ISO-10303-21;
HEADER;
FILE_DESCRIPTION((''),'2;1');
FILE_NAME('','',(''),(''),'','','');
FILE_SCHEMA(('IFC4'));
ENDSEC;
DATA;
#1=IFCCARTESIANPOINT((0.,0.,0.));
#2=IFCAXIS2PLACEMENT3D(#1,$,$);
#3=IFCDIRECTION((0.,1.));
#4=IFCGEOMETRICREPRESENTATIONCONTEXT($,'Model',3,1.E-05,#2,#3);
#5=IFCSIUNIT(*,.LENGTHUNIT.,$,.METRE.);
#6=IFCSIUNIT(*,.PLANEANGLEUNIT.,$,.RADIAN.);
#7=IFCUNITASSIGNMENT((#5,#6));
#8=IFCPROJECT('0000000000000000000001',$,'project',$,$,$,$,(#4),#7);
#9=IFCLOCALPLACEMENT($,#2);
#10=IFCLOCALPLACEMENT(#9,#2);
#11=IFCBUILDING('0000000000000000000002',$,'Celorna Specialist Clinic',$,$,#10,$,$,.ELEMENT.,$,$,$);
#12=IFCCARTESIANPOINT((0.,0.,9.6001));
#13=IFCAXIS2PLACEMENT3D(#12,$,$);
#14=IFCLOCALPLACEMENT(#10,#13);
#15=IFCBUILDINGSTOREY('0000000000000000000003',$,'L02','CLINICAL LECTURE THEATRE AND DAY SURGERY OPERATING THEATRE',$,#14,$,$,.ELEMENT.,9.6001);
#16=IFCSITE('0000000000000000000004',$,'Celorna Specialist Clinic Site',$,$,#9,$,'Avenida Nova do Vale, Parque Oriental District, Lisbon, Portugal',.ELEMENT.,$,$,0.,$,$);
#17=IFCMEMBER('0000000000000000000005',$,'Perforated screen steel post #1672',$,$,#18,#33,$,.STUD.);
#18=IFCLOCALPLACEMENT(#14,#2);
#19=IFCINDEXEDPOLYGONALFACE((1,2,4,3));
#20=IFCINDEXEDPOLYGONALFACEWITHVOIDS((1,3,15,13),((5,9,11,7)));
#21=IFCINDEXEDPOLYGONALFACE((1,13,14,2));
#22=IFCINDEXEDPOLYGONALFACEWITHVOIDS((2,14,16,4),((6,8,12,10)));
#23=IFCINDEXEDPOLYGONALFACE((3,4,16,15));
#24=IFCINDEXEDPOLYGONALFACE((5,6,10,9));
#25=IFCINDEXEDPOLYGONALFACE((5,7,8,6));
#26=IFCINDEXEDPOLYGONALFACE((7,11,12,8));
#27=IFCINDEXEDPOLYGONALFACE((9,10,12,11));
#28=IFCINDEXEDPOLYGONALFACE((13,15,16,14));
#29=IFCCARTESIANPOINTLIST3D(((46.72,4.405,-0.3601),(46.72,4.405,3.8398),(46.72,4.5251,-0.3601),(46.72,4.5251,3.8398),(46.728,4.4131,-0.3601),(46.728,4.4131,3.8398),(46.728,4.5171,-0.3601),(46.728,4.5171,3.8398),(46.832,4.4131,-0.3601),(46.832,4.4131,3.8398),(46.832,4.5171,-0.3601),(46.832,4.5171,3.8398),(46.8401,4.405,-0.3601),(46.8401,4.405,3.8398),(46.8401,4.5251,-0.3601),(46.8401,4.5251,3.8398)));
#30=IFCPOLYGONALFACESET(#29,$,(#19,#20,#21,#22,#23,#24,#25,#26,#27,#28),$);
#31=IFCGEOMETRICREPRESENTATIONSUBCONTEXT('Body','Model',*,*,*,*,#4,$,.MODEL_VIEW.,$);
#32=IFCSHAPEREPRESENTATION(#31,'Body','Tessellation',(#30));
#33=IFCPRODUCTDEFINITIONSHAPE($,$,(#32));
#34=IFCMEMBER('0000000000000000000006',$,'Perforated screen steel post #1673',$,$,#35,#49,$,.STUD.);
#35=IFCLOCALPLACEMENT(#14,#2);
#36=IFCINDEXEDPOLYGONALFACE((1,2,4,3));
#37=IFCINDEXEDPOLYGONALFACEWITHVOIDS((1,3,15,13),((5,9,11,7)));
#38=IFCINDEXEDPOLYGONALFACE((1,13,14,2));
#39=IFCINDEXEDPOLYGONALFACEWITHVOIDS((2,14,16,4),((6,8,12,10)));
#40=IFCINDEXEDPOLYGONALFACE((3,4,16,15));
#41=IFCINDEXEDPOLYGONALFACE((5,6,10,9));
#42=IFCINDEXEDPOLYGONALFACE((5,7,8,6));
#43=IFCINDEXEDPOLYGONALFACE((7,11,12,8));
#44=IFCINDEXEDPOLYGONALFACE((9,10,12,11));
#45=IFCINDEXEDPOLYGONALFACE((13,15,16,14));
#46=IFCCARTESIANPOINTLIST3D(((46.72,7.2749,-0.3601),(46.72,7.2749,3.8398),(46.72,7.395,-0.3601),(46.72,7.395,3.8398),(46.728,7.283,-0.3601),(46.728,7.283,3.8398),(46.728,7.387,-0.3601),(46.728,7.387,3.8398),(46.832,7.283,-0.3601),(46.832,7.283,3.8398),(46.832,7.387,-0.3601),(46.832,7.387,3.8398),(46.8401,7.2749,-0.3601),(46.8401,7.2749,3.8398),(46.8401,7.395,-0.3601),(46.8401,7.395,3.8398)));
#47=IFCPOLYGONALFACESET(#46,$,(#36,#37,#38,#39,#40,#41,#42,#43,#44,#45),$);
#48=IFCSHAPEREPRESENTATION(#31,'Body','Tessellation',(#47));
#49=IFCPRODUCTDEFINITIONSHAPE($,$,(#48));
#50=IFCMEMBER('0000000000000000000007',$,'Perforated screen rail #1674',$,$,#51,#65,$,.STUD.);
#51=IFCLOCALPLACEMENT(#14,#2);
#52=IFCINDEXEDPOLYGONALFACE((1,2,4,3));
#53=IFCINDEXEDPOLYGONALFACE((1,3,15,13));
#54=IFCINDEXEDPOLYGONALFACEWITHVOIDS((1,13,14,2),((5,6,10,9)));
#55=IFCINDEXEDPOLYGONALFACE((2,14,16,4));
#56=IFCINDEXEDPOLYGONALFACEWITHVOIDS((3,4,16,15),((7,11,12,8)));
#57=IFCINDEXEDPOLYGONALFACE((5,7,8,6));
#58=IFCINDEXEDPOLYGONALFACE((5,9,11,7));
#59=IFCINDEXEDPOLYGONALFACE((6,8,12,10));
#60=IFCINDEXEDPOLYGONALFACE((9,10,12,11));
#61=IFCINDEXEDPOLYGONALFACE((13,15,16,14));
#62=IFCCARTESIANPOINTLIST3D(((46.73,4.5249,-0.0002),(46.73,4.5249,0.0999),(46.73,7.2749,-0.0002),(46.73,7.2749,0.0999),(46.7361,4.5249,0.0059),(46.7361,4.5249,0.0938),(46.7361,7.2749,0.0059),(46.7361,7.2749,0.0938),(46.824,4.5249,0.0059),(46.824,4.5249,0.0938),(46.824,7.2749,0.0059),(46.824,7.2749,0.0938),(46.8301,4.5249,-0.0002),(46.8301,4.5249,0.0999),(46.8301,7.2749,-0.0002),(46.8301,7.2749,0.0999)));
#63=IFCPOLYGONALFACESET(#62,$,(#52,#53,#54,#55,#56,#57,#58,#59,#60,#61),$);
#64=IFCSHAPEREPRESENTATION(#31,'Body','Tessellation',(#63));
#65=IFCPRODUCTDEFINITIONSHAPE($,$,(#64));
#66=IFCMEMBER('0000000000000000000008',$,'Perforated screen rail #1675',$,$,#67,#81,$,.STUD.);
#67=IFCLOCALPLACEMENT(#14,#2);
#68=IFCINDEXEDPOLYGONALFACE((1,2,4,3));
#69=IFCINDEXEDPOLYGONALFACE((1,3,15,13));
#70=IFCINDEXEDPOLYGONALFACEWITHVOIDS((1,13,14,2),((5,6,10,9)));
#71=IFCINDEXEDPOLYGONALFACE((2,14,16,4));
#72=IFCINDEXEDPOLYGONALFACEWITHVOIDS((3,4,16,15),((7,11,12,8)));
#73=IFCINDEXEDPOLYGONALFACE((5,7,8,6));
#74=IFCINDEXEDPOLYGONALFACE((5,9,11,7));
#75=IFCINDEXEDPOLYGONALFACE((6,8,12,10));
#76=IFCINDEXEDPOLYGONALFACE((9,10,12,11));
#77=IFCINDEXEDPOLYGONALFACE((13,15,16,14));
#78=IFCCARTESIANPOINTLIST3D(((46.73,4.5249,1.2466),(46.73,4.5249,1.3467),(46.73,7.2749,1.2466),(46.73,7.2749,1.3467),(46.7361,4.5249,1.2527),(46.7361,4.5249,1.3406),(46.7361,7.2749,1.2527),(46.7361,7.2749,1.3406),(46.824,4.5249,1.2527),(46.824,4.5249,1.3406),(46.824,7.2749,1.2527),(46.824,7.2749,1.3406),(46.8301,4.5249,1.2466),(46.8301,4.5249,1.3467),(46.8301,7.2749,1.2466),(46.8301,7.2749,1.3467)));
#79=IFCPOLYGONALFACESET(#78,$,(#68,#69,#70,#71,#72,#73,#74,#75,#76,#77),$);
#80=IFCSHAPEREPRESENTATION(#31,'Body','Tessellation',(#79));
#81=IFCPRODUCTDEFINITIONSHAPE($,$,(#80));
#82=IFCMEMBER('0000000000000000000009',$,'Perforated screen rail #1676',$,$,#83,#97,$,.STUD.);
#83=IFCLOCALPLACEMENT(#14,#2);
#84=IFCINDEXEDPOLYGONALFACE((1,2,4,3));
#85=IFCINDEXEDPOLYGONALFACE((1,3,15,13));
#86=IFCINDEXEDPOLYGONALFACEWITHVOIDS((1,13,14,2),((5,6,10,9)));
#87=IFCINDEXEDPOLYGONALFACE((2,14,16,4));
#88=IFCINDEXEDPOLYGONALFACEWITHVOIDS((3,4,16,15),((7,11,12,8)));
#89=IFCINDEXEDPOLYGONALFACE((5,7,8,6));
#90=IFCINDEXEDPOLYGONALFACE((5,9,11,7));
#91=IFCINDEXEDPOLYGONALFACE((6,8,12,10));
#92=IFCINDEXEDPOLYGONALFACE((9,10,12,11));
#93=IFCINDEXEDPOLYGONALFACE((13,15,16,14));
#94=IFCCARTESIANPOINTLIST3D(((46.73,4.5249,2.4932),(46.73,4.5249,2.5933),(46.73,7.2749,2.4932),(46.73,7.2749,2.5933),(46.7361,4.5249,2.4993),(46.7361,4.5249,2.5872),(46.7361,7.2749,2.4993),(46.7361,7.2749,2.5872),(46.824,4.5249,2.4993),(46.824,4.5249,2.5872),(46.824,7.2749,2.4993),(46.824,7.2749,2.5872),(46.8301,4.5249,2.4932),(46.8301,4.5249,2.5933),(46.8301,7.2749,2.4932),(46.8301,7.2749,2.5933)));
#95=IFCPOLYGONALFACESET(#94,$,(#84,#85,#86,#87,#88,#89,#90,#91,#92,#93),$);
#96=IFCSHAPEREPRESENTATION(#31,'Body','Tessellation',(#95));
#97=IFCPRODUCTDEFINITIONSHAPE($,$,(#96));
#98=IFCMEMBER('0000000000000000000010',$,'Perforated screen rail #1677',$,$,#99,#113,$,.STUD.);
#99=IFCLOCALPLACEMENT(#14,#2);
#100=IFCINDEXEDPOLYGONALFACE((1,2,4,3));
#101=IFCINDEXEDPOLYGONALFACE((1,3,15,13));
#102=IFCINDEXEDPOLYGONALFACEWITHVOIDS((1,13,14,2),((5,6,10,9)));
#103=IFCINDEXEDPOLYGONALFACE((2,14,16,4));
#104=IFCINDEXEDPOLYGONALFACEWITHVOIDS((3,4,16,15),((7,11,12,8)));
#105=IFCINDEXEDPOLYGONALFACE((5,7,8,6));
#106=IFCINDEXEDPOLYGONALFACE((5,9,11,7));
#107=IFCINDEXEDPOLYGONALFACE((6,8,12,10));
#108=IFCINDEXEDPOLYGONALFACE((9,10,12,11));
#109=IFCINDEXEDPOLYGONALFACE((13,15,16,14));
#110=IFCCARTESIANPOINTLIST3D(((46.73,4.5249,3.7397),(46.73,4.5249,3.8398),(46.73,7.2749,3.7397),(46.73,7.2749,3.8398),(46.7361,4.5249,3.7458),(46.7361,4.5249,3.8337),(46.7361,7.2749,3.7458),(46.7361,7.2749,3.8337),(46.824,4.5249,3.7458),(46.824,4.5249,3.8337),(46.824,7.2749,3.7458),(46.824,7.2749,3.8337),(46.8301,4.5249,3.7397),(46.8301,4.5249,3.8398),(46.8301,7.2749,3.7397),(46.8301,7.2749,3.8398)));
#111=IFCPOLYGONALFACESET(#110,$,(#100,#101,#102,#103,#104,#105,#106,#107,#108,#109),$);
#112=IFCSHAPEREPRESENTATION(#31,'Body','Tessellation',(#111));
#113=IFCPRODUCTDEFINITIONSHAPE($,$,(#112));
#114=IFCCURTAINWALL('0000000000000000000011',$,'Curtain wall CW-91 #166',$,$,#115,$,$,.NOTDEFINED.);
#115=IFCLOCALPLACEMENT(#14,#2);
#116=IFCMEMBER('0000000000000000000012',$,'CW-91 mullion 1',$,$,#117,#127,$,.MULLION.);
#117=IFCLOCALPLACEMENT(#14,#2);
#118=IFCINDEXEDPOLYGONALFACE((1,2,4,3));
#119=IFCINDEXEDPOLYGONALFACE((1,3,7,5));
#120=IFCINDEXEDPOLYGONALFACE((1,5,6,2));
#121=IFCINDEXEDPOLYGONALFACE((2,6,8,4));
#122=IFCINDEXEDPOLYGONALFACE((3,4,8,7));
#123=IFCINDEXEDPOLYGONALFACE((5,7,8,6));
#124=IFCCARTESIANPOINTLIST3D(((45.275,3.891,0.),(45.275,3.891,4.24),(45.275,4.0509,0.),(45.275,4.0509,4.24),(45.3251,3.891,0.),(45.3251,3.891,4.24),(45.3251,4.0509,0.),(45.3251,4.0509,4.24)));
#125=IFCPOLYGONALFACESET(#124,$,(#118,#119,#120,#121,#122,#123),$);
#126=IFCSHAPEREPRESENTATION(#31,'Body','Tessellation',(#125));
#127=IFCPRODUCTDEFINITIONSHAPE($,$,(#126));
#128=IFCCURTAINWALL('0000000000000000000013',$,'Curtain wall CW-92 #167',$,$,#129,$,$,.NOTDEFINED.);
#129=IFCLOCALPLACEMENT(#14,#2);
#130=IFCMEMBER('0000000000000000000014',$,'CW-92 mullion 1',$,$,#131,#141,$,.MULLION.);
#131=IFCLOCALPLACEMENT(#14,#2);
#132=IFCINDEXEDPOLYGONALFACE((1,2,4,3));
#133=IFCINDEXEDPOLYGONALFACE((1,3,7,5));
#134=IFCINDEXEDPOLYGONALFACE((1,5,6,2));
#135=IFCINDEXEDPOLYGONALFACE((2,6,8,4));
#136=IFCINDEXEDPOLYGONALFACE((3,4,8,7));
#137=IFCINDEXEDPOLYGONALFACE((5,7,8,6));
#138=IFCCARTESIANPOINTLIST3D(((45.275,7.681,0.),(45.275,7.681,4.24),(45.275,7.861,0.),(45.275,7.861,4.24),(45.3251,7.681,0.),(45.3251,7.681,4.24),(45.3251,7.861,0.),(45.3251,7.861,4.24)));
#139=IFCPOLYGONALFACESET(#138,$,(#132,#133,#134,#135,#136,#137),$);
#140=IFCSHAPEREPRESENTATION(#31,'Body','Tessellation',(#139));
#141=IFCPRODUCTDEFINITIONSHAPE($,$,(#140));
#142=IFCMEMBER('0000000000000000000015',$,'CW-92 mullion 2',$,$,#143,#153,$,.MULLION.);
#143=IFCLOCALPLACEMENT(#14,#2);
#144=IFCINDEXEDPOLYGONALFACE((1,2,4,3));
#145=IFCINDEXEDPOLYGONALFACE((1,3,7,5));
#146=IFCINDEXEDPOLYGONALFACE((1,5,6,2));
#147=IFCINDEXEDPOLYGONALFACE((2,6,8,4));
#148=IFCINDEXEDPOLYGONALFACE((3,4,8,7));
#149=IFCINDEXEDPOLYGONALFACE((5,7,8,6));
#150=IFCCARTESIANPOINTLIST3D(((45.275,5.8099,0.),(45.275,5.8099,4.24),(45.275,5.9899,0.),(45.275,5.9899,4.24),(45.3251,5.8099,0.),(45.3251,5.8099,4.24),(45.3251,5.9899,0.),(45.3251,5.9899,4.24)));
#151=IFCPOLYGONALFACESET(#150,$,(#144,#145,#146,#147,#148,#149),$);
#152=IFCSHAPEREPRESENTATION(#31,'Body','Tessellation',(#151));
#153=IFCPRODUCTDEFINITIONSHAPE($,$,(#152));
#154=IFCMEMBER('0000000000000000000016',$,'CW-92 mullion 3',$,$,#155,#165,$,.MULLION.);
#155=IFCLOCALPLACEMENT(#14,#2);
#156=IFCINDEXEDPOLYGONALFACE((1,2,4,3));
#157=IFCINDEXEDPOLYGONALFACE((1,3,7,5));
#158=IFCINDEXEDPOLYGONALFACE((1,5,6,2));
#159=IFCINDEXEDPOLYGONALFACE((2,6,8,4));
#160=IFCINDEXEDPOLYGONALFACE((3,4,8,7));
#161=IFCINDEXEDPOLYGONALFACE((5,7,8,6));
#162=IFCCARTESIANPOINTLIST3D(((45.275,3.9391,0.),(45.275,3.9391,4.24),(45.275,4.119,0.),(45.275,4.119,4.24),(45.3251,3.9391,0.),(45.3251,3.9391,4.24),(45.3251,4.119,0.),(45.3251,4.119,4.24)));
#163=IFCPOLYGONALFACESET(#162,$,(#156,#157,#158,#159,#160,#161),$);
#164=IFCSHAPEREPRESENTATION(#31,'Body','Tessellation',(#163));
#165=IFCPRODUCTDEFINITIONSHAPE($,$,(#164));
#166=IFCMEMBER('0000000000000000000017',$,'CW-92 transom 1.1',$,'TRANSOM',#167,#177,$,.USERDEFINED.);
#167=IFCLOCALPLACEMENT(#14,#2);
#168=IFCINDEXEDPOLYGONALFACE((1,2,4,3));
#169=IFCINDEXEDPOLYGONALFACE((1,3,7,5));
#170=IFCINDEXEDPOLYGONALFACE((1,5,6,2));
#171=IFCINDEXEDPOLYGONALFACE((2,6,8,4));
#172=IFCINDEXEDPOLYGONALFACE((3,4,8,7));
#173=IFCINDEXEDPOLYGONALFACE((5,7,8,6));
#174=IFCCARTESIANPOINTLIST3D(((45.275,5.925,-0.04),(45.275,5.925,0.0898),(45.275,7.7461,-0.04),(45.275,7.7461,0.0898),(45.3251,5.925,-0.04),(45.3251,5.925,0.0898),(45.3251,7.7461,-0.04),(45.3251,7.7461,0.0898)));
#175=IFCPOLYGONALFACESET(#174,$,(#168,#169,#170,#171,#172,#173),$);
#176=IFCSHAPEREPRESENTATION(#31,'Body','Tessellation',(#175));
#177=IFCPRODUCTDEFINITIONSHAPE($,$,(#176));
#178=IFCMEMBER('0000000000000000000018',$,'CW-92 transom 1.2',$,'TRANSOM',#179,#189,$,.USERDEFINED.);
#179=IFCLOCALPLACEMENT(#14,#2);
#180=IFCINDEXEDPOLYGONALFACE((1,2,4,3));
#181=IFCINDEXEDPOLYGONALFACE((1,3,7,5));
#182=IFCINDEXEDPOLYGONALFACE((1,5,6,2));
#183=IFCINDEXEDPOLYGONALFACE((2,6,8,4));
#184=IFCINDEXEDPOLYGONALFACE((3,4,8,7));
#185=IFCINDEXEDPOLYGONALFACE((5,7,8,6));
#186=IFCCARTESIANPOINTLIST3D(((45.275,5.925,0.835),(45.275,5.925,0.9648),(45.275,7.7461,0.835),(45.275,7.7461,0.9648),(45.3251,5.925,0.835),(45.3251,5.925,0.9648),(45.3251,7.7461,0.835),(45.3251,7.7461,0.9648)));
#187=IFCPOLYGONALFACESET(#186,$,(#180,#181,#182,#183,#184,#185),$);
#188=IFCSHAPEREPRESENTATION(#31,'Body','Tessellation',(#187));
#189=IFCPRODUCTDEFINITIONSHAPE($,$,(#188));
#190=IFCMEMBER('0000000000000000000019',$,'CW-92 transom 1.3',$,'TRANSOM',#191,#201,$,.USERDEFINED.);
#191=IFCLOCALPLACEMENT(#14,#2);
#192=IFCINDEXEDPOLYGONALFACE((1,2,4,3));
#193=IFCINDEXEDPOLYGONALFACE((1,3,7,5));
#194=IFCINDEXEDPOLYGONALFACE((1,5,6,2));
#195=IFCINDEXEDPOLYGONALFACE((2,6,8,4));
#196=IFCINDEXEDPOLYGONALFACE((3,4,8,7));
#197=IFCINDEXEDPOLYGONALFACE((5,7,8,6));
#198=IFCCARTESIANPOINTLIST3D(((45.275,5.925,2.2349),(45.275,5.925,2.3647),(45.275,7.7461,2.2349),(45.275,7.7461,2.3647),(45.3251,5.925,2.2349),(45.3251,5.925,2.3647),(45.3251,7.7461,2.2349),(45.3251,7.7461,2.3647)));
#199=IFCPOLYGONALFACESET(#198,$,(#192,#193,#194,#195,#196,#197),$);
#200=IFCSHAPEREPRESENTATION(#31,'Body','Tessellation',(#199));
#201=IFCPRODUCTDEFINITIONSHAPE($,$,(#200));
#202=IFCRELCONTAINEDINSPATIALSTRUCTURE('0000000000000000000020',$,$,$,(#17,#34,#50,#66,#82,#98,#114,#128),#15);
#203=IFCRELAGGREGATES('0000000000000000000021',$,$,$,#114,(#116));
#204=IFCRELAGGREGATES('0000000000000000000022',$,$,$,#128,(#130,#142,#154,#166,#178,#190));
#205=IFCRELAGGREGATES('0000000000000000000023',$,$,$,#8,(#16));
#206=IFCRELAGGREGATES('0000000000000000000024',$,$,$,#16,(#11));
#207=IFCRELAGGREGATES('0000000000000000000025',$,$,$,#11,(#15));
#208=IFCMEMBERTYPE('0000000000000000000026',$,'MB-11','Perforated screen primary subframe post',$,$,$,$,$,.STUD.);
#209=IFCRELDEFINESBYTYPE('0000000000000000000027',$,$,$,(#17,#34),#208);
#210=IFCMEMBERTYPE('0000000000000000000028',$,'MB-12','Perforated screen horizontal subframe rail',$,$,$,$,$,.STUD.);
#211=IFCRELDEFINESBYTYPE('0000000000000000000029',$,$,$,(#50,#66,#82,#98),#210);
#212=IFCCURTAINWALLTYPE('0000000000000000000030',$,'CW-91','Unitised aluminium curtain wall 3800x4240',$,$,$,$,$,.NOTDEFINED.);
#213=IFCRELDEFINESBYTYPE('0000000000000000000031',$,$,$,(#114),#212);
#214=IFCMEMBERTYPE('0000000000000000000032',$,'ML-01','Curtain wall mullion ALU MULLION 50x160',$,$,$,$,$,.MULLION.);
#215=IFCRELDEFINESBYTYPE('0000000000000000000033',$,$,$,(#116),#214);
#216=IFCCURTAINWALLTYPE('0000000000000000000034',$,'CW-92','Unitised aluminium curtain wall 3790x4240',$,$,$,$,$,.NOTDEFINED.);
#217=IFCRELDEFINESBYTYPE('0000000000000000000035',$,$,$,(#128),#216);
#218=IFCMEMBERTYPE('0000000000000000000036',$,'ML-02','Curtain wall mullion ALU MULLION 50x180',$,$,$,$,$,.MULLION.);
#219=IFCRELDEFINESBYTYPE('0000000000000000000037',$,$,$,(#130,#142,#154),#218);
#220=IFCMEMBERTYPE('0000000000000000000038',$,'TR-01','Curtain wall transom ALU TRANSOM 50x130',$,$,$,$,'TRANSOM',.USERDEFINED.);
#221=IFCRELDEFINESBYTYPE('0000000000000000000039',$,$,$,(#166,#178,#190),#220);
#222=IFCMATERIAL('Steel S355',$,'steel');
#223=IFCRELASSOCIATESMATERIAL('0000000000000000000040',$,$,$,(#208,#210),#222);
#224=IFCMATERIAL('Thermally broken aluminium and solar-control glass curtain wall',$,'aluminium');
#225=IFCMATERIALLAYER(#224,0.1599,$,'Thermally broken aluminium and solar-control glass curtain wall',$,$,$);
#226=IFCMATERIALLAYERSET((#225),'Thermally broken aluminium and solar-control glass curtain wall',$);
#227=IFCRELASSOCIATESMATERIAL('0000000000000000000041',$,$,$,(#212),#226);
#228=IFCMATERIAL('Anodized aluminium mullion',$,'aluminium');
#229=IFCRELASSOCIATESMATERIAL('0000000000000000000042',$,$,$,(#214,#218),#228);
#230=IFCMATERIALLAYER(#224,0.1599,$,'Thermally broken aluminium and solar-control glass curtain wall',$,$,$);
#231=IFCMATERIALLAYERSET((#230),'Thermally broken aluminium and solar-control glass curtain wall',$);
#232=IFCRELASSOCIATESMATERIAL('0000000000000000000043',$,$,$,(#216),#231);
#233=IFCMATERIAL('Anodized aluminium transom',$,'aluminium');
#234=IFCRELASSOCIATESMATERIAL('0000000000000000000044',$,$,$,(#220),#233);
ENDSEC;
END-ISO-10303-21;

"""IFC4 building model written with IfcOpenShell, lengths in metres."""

from ifc_helpers import new_model, si_unit, direction, frame, origin, origin_2d, place, context, subcontext, project, spatial, rectangle, hollow_rectangle, extrude, material, layer, layer_set, material_profile, profile_set, type_object, element, aggregate, save


model = new_model("IFC4")

# Units and contexts
model_context = context("Model", 3, precision=1e-05, world=origin(), true_north=direction((0.0, 1.0)))
body_context = subcontext(model_context, "Body", "Model", "MODEL_VIEW")
ifc_project = project(units=[si_unit("LENGTHUNIT", "METRE"), si_unit("PLANEANGLEUNIT", "RADIAN")], contexts=[model_context])

# Site, building, storey
site_placement = place(None, origin())
site = spatial("IfcSite", under=ifc_project, at=site_placement, Name="Celorna Specialist Clinic Site", LongName="Avenida Nova do Vale, Parque Oriental District, Lisbon, Portugal", CompositionType="ELEMENT", RefElevation=0.0)
building_placement = place(site_placement, origin())
building = spatial("IfcBuilding", under=site, at=building_placement, Name="Celorna Specialist Clinic", CompositionType="ELEMENT")
storey_placement = place(building_placement, frame((0.0, 0.0, 9.6001)))
storey = spatial("IfcBuildingStorey", under=building, at=storey_placement, Name="L02", Description="CLINICAL LECTURE THEATRE AND DAY SURGERY OPERATING THEATRE", CompositionType="ELEMENT", Elevation=9.6001)

# Members
ifc_material_1 = material(Name="Steel S355", Category="steel")
ifc_material_profile_1 = material_profile(ifc_material_1, hollow_rectangle(XDim=0.1201, YDim=0.1201, WallThickness=0.0081, at=origin_2d()), Name="SHS 120x120x8")
ifc_profile_set_1 = profile_set([ifc_material_profile_1], Name="Steel S355")
member_type_1 = type_object("IfcMemberType", Name="MB-11", Description="Perforated screen primary subframe post", PredefinedType="STUD", material=ifc_profile_set_1)
for number, where, z_axis, x_axis, name in (
    (1, (46.78, 4.4651, -0.3601), (0.0, 0.0, 1.0), (1.0, 0.0, 0.0), "Perforated screen steel post #1672"),
    (2, (46.78, 7.335, -0.3601), (0.0, 0.0, 1.0), (1.0, 0.0, 0.0), "Perforated screen steel post #1673"),
):
    element("IfcMember", number, at=place(storey_placement, frame(where, z_axis=z_axis, x_axis=x_axis)), inside=storey, type_object=member_type_1, Name=name, PredefinedType="STUD", context=body_context, shape_type="SweptSolid", body=[
        extrude(hollow_rectangle(XDim=0.1201, YDim=0.1201, WallThickness=0.0081, at=origin_2d()), origin(), (0.0, 0.0, 1.0), 4.2),
    ])
ifc_material_profile_2 = material_profile(ifc_material_1, hollow_rectangle(XDim=0.1001, YDim=0.1001, WallThickness=0.0061, at=origin_2d()), Name="SHS 100x100x6")
ifc_profile_set_2 = profile_set([ifc_material_profile_2], Name="Steel S355")
member_type_2 = type_object("IfcMemberType", Name="MB-12", Description="Perforated screen horizontal subframe rail", PredefinedType="STUD", material=ifc_profile_set_2)
for number, where, z_axis, x_axis, name in (
    (3, (46.78, 4.5249, 0.0498), (0.0, 1.0, 0.0), (-1.0, 0.0, 0.0), "Perforated screen rail #1674"),
    (4, (46.78, 4.5249, 1.2966), (0.0, 1.0, 0.0), (-1.0, 0.0, 0.0), "Perforated screen rail #1675"),
    (5, (46.78, 4.5249, 2.5432), (0.0, 1.0, 0.0), (-1.0, 0.0, 0.0), "Perforated screen rail #1676"),
    (6, (46.78, 4.5249, 3.7898), (0.0, 1.0, 0.0), (-1.0, 0.0, 0.0), "Perforated screen rail #1677"),
):
    element("IfcMember", number, at=place(storey_placement, frame(where, z_axis=z_axis, x_axis=x_axis)), inside=storey, type_object=member_type_2, Name=name, PredefinedType="STUD", context=body_context, shape_type="SweptSolid", body=[
        extrude(hollow_rectangle(XDim=0.1001, YDim=0.1001, WallThickness=0.0061, at=origin_2d()), origin(), (0.0, 0.0, 1.0), 2.75),
    ])

# Curtain wall, member
ifc_material_2 = material(Name="Thermally broken aluminium and solar-control glass curtain wall", Category="aluminium")
ifc_layer_1 = layer(ifc_material_2, 0.1599, Name="Thermally broken aluminium and solar-control glass curtain wall")
ifc_layer_set_1 = layer_set([ifc_layer_1], Name="Thermally broken aluminium and solar-control glass curtain wall")
curtain_wall_type_1 = type_object("IfcCurtainWallType", Name="CW-91", Description="Unitised aluminium curtain wall 3800x4240", PredefinedType="NOTDEFINED", material=ifc_layer_set_1)
curtain_wall_1_placement = place(storey_placement, origin())
curtain_wall_1 = element("IfcCurtainWall", 7, at=curtain_wall_1_placement, inside=storey, type_object=curtain_wall_type_1, Name="Curtain wall CW-91 #166", PredefinedType="NOTDEFINED")
ifc_material_3 = material(Name="Anodized aluminium mullion", Category="aluminium")
ifc_material_profile_3 = material_profile(ifc_material_3, rectangle(XDim=0.05, YDim=0.1599, at=origin_2d()), Name="ALU MULLION 50x160")
ifc_profile_set_3 = profile_set([ifc_material_profile_3], Name="Anodized aluminium mullion")
member_type_3 = type_object("IfcMemberType", Name="ML-01", Description="Curtain wall mullion ALU MULLION 50x160", PredefinedType="MULLION", material=ifc_profile_set_3)
member_1_placement = place(storey_placement, frame((45.3, 3.9709, 0.0), z_axis=(0.0, 0.0, 1.0), x_axis=(1.0, 0.0, 0.0)))
member_1 = element("IfcMember", 8, at=member_1_placement, type_object=member_type_3, Name="CW-91 mullion 1", PredefinedType="MULLION", context=body_context, shape_type="SweptSolid", body=[
    extrude(rectangle(XDim=0.05, YDim=0.1599, at=origin_2d()), origin(), (0.0, 0.0, 1.0), 4.24),
])

# Curtain wall, members
ifc_layer_2 = layer(ifc_material_2, 0.1599, Name="Thermally broken aluminium and solar-control glass curtain wall")
ifc_layer_set_2 = layer_set([ifc_layer_2], Name="Thermally broken aluminium and solar-control glass curtain wall")
curtain_wall_type_2 = type_object("IfcCurtainWallType", Name="CW-92", Description="Unitised aluminium curtain wall 3790x4240", PredefinedType="NOTDEFINED", material=ifc_layer_set_2)
curtain_wall_2_placement = place(storey_placement, origin())
curtain_wall_2 = element("IfcCurtainWall", 9, at=curtain_wall_2_placement, inside=storey, type_object=curtain_wall_type_2, Name="Curtain wall CW-92 #167", PredefinedType="NOTDEFINED")
ifc_material_profile_4 = material_profile(ifc_material_3, rectangle(XDim=0.05, YDim=0.1799, at=origin_2d()), Name="ALU MULLION 50x180")
ifc_profile_set_4 = profile_set([ifc_material_profile_4], Name="Anodized aluminium mullion")
member_type_4 = type_object("IfcMemberType", Name="ML-02", Description="Curtain wall mullion ALU MULLION 50x180", PredefinedType="MULLION", material=ifc_profile_set_4)
member_2_placement = place(storey_placement, frame((45.3, 7.771, 0.0), z_axis=(0.0, 0.0, 1.0), x_axis=(1.0, 0.0, 0.0)))
member_2 = element("IfcMember", 10, at=member_2_placement, type_object=member_type_4, Name="CW-92 mullion 1", PredefinedType="MULLION", context=body_context, shape_type="SweptSolid", body=[
    extrude(rectangle(XDim=0.05, YDim=0.1799, at=origin_2d()), origin(), (0.0, 0.0, 1.0), 4.24),
])
member_3_placement = place(storey_placement, frame((45.3, 5.8999, 0.0), z_axis=(0.0, 0.0, 1.0), x_axis=(1.0, 0.0, 0.0)))
member_3 = element("IfcMember", 11, at=member_3_placement, type_object=member_type_4, Name="CW-92 mullion 2", PredefinedType="MULLION", context=body_context, shape_type="SweptSolid", body=[
    extrude(rectangle(XDim=0.05, YDim=0.1799, at=origin_2d()), origin(), (0.0, 0.0, 1.0), 4.24),
])
member_4_placement = place(storey_placement, frame((45.3, 4.0291, 0.0), z_axis=(0.0, 0.0, 1.0), x_axis=(1.0, 0.0, 0.0)))
member_4 = element("IfcMember", 12, at=member_4_placement, type_object=member_type_4, Name="CW-92 mullion 3", PredefinedType="MULLION", context=body_context, shape_type="SweptSolid", body=[
    extrude(rectangle(XDim=0.05, YDim=0.1799, at=origin_2d()), origin(), (0.0, 0.0, 1.0), 4.24),
])
ifc_material_4 = material(Name="Anodized aluminium transom", Category="aluminium")
ifc_material_profile_5 = material_profile(ifc_material_4, rectangle(XDim=0.05, YDim=0.1299, at=origin_2d()), Name="ALU TRANSOM 50x130")
ifc_profile_set_5 = profile_set([ifc_material_profile_5], Name="Anodized aluminium transom")
member_type_5 = type_object("IfcMemberType", Name="TR-01", Description="Curtain wall transom ALU TRANSOM 50x130", ElementType="TRANSOM", PredefinedType="USERDEFINED", material=ifc_profile_set_5)
member_5_placement = place(storey_placement, frame((45.3, 7.7461, 0.0249), z_axis=(0.0, -1.0, 0.0), x_axis=(1.0, 0.0, 0.0)))
member_5 = element("IfcMember", 13, at=member_5_placement, type_object=member_type_5, Name="CW-92 transom 1.1", ObjectType="TRANSOM", PredefinedType="USERDEFINED", context=body_context, shape_type="SweptSolid", body=[
    extrude(rectangle(XDim=0.05, YDim=0.1299, at=origin_2d()), origin(), (0.0, 0.0, 1.0), 1.821),
])
member_6_placement = place(storey_placement, frame((45.3, 7.7461, 0.8999), z_axis=(0.0, -1.0, 0.0), x_axis=(1.0, 0.0, 0.0)))
member_6 = element("IfcMember", 14, at=member_6_placement, type_object=member_type_5, Name="CW-92 transom 1.2", ObjectType="TRANSOM", PredefinedType="USERDEFINED", context=body_context, shape_type="SweptSolid", body=[
    extrude(rectangle(XDim=0.05, YDim=0.1299, at=origin_2d()), origin(), (0.0, 0.0, 1.0), 1.821),
])
member_7_placement = place(storey_placement, frame((45.3, 7.7461, 2.2998), z_axis=(0.0, -1.0, 0.0), x_axis=(1.0, 0.0, 0.0)))
member_7 = element("IfcMember", 15, at=member_7_placement, type_object=member_type_5, Name="CW-92 transom 1.3", ObjectType="TRANSOM", PredefinedType="USERDEFINED", context=body_context, shape_type="SweptSolid", body=[
    extrude(rectangle(XDim=0.05, YDim=0.1299, at=origin_2d()), origin(), (0.0, 0.0, 1.0), 1.821),
])

aggregate(curtain_wall_1, [member_1])

aggregate(curtain_wall_2, [member_2, member_3, member_4, member_5, member_6, member_7])

save(model, "model.ifc")
